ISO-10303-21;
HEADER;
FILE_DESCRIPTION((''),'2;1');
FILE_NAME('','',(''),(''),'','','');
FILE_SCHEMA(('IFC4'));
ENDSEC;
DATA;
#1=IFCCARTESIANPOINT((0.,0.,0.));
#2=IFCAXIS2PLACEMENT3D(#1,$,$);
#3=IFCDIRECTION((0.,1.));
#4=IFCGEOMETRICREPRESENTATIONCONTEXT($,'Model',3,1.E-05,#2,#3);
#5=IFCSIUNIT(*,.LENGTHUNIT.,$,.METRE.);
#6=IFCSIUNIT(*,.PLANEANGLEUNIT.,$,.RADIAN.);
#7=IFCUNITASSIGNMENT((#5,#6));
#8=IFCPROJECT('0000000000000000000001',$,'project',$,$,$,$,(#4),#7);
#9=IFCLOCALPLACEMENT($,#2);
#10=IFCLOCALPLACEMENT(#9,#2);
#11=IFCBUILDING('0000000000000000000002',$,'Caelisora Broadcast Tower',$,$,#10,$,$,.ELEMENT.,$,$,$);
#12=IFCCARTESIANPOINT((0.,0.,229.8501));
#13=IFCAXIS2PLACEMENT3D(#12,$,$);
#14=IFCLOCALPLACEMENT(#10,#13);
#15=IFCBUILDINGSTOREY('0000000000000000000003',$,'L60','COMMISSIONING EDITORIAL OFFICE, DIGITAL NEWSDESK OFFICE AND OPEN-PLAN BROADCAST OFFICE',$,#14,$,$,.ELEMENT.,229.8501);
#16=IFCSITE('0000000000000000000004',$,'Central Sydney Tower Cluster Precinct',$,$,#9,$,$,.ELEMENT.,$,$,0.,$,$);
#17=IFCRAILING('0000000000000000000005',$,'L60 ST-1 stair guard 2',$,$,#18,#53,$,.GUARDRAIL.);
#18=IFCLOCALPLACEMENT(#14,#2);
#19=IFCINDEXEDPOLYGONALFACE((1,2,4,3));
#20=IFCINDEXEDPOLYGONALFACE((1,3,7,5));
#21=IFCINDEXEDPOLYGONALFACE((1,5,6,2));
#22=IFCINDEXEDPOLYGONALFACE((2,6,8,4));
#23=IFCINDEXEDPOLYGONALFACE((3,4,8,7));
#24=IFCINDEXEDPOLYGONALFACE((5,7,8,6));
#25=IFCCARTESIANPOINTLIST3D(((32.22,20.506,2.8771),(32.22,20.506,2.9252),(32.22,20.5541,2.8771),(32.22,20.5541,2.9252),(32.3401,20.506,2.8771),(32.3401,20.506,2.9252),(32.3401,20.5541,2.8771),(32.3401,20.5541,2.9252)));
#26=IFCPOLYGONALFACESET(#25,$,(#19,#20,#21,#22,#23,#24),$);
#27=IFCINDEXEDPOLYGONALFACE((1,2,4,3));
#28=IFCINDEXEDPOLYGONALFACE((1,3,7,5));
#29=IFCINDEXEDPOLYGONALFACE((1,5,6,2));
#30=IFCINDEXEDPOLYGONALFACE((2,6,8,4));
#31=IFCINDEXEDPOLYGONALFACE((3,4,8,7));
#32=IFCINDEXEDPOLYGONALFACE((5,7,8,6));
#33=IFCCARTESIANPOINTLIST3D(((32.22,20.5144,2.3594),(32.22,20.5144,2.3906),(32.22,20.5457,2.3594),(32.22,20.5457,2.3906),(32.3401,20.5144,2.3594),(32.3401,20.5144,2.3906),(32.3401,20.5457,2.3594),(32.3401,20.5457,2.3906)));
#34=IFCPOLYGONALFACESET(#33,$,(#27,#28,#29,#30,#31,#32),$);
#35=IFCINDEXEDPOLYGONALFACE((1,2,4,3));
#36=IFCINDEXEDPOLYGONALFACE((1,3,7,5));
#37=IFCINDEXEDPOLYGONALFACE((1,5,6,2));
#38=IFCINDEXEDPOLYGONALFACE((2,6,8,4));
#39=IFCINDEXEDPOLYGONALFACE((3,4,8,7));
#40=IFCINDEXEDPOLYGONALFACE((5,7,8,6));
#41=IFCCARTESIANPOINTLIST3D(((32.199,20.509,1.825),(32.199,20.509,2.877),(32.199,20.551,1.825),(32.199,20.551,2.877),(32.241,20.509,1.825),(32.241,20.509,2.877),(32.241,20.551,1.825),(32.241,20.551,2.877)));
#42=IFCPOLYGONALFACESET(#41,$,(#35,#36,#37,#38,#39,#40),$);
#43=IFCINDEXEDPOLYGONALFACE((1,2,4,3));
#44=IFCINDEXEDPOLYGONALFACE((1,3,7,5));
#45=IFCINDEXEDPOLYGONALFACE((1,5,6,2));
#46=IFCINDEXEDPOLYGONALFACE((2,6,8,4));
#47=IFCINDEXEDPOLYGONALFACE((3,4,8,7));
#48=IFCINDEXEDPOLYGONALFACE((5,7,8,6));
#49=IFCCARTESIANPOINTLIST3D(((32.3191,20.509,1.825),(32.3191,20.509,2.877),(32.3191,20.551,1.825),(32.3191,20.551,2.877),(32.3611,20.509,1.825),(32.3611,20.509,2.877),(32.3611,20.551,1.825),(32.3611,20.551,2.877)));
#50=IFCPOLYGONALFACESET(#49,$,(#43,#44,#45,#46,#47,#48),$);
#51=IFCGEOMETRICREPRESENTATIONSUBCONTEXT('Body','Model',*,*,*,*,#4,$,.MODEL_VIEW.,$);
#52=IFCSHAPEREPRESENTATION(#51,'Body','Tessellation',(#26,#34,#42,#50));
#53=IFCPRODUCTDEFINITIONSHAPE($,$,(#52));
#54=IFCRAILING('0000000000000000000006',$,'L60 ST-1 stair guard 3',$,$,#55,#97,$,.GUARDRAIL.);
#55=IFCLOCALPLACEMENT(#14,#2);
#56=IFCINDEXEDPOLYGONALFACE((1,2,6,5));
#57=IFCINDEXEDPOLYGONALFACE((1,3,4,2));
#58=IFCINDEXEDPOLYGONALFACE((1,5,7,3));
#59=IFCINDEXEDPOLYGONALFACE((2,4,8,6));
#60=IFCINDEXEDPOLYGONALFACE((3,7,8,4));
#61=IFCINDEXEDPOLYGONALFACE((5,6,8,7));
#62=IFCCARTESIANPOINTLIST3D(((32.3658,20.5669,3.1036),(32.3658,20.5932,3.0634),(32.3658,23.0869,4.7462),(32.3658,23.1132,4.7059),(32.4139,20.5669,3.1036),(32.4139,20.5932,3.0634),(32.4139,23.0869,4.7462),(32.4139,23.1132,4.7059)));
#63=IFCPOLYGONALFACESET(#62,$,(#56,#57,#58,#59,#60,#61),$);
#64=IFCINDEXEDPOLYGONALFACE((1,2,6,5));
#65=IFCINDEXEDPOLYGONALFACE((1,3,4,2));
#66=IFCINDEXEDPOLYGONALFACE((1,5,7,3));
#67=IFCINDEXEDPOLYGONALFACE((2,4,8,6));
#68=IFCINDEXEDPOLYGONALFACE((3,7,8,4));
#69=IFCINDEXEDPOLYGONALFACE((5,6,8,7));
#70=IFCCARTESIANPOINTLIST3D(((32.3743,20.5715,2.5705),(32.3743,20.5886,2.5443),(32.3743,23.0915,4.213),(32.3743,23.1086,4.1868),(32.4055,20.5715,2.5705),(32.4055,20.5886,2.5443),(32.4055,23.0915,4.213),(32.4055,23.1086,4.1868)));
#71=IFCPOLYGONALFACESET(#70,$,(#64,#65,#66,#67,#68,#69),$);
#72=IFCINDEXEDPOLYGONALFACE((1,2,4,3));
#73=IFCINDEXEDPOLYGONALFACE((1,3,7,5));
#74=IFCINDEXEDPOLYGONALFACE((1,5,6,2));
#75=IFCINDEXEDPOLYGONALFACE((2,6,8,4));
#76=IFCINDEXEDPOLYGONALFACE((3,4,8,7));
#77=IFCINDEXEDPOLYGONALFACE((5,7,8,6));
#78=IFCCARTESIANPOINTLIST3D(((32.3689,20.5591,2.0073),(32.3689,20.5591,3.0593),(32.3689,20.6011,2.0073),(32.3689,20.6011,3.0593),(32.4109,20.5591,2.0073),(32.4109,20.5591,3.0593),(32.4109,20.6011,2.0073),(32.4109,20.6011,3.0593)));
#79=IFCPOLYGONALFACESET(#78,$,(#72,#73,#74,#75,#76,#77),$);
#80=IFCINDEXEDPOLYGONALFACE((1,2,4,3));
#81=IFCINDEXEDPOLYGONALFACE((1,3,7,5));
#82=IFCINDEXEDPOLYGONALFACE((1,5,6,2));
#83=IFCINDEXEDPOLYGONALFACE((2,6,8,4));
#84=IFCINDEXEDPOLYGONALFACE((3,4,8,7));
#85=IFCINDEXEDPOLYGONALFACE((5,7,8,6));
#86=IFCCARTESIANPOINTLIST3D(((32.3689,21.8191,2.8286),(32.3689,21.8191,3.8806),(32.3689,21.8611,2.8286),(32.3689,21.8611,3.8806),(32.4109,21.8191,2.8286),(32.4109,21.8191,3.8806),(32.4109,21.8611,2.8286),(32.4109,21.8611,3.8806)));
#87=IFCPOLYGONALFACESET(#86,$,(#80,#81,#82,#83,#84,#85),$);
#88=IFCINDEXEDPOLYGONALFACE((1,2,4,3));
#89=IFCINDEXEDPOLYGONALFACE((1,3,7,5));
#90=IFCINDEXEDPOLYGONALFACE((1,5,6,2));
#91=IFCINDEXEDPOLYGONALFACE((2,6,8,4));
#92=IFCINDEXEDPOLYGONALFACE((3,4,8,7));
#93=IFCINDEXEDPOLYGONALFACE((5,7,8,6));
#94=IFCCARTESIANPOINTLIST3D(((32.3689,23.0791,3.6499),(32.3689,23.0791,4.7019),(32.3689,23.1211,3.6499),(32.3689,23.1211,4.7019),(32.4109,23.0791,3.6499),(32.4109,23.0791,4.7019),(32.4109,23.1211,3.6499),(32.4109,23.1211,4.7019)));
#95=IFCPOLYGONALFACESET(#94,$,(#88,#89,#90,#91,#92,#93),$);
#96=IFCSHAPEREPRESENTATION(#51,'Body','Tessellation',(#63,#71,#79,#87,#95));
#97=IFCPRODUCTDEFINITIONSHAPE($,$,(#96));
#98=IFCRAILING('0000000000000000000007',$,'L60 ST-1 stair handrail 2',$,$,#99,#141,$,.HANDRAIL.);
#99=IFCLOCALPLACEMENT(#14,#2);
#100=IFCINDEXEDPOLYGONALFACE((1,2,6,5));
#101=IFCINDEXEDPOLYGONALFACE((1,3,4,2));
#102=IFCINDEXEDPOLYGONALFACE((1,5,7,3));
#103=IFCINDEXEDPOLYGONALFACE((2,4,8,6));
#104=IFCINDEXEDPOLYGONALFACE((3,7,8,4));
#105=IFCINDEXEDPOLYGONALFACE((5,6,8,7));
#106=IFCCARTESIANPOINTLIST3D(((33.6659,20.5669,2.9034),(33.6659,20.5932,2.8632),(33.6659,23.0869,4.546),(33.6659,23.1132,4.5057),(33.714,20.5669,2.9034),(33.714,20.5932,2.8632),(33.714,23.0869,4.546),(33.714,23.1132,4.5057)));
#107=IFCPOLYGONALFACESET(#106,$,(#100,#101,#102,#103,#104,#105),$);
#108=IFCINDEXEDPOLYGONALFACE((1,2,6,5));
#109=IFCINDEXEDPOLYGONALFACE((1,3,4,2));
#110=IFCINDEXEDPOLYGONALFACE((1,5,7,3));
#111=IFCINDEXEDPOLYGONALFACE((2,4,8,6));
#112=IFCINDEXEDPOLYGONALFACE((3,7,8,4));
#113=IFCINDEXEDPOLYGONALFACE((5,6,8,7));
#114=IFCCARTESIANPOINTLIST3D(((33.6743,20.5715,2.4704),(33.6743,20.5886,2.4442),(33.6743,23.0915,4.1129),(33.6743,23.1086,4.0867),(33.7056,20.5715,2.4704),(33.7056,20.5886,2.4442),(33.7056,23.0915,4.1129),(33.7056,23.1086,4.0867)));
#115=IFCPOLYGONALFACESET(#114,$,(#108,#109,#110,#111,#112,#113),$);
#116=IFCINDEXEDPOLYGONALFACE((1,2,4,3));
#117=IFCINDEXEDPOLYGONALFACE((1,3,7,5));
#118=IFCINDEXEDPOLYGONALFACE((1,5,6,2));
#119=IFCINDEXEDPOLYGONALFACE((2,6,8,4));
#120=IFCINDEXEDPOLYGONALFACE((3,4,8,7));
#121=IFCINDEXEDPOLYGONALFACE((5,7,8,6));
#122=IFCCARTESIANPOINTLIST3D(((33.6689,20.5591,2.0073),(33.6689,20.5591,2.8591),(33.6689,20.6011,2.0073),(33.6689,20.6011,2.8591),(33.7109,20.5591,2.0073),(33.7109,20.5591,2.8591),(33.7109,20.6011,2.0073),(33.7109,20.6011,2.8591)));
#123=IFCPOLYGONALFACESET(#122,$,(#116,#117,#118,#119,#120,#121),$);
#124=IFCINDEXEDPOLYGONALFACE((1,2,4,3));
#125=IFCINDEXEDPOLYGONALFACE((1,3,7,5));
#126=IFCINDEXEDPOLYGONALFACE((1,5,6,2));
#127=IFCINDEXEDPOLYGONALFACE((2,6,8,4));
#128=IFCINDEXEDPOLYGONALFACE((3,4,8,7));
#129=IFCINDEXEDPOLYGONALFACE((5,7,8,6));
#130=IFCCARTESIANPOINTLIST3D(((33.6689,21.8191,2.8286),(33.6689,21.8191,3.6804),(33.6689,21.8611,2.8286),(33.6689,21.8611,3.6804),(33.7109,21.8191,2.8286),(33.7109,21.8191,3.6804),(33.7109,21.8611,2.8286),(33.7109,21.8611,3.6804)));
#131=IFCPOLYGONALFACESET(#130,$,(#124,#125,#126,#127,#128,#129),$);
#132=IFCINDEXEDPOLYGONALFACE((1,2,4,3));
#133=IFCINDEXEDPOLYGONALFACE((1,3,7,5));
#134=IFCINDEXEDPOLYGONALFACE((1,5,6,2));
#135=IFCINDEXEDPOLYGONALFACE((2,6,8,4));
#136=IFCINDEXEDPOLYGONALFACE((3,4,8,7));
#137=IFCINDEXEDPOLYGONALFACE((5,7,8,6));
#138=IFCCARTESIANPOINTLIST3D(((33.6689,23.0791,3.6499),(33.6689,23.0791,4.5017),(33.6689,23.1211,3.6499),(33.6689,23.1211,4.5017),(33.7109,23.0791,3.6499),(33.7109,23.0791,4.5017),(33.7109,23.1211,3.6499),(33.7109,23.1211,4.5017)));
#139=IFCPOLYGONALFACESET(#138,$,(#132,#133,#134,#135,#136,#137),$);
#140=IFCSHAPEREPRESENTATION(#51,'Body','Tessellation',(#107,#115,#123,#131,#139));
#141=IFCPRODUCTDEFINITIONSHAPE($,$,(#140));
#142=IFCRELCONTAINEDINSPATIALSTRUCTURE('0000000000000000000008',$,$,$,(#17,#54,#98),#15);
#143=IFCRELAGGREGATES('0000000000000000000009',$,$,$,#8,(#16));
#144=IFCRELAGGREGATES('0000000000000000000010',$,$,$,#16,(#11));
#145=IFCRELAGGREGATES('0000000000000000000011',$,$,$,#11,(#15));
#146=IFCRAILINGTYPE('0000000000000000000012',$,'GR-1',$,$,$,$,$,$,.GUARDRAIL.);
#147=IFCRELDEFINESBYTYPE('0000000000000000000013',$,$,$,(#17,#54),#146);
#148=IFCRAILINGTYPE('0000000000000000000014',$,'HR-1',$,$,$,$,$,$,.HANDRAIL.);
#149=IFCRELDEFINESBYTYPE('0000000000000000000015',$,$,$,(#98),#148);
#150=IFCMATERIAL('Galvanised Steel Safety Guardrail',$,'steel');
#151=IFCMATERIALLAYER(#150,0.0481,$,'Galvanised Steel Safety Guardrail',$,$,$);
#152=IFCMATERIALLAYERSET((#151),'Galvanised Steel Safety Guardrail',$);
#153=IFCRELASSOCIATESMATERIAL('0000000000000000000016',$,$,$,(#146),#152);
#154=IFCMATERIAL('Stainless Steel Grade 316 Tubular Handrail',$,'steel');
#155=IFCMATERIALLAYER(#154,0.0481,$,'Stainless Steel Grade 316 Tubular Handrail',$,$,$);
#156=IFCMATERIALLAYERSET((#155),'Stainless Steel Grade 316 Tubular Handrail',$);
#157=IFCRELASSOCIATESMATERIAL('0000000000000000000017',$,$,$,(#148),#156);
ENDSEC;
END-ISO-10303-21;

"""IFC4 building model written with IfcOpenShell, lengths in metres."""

from ifc_helpers import new_model, si_unit, direction, frame, origin, origin_2d, place, context, subcontext, project, spatial, rectangle, extrude, material, layer, layer_set, type_object, element, save


model = new_model("IFC4")

# Units and contexts
model_context = context("Model", 3, precision=1e-05, world=origin(), true_north=direction((0.0, 1.0)))
body_context = subcontext(model_context, "Body", "Model", "MODEL_VIEW")
ifc_project = project(units=[si_unit("LENGTHUNIT", "METRE"), si_unit("PLANEANGLEUNIT", "RADIAN")], contexts=[model_context])

# Site, building, storey
site_placement = place(None, origin())
site = spatial("IfcSite", under=ifc_project, at=site_placement, Name="Central Sydney Tower Cluster Precinct", CompositionType="ELEMENT", RefElevation=0.0)
building_placement = place(site_placement, origin())
building = spatial("IfcBuilding", under=site, at=building_placement, Name="Caelisora Broadcast Tower", CompositionType="ELEMENT")
storey_placement = place(building_placement, frame((0.0, 0.0, 229.8501)))
storey = spatial("IfcBuildingStorey", under=building, at=storey_placement, Name="L60", Description="COMMISSIONING EDITORIAL OFFICE, DIGITAL NEWSDESK OFFICE AND OPEN-PLAN BROADCAST OFFICE", CompositionType="ELEMENT", Elevation=229.8501)

# Railings
ifc_material_1 = material(Name="Galvanised Steel Safety Guardrail", Category="steel")
ifc_layer_1 = layer(ifc_material_1, 0.0481, Name="Galvanised Steel Safety Guardrail")
ifc_layer_set_1 = layer_set([ifc_layer_1], Name="Galvanised Steel Safety Guardrail")
railing_type_1 = type_object("IfcRailingType", Name="GR-1", PredefinedType="GUARDRAIL", material=ifc_layer_set_1)
railing_1_placement = place(storey_placement, frame((32.22, 20.53, 1.825)))
element("IfcRailing", 1, at=railing_1_placement, inside=storey, type_object=railing_type_1, Name="L60 ST-1 stair guard 2", PredefinedType="GUARDRAIL", context=body_context, shape_type="SweptSolid", body=[
    extrude(rectangle(XDim=0.0481, YDim=0.0481, at=origin_2d()), frame((0.0, 0.0, 1.0762), z_axis=(1.0, 0.0, 0.0), x_axis=(0.0, 1.0, 0.0)), (0.0, 0.0, 1.0), 0.1201),
    extrude(rectangle(XDim=0.0312, YDim=0.0312, at=origin_2d()), frame((0.0, 0.0, 0.55), z_axis=(1.0, 0.0, 0.0), x_axis=(0.0, 1.0, 0.0)), (0.0, 0.0, 1.0), 0.1201),
    extrude(rectangle(XDim=0.042, YDim=0.042, at=origin_2d()), origin(), (0.0, 0.0, 1.0), 1.052),
    extrude(rectangle(XDim=0.042, YDim=0.042, at=origin_2d()), frame((0.1201, 0.0, 0.0)), (0.0, 0.0, 1.0), 1.052),
])
railing_2_placement = place(storey_placement, frame((32.3899, 20.5801, 2.0073)))
element("IfcRailing", 2, at=railing_2_placement, inside=storey, type_object=railing_type_1, Name="L60 ST-1 stair guard 3", PredefinedType="GUARDRAIL", context=body_context, shape_type="SweptSolid", body=[
    extrude(rectangle(XDim=0.0481, YDim=0.0481, at=origin_2d()), frame((0.0, 0.0, 1.0762), z_axis=(0.0, 0.837749, 0.546055), x_axis=(-1.0, 0.0, 0.0)), (0.0, 0.0, 1.0), 3.0081),
    extrude(rectangle(XDim=0.0312, YDim=0.0312, at=origin_2d()), frame((0.0, 0.0, 0.55), z_axis=(0.0, 0.837749, 0.546055), x_axis=(-1.0, 0.0, 0.0)), (0.0, 0.0, 1.0), 3.0081),
    extrude(rectangle(XDim=0.042, YDim=0.042, at=origin_2d()), origin(), (0.0, 0.0, 1.0), 1.052),
    extrude(rectangle(XDim=0.042, YDim=0.042, at=origin_2d()), frame((0.0, 1.26, 0.8213)), (0.0, 0.0, 1.0), 1.052),
    extrude(rectangle(XDim=0.042, YDim=0.042, at=origin_2d()), frame((0.0, 2.52, 1.6426)), (0.0, 0.0, 1.0), 1.052),
])
ifc_material_2 = material(Name="Stainless Steel Grade 316 Tubular Handrail", Category="steel")
ifc_layer_2 = layer(ifc_material_2, 0.0481, Name="Stainless Steel Grade 316 Tubular Handrail")
ifc_layer_set_2 = layer_set([ifc_layer_2], Name="Stainless Steel Grade 316 Tubular Handrail")
railing_type_2 = type_object("IfcRailingType", Name="HR-1", PredefinedType="HANDRAIL", material=ifc_layer_set_2)
railing_3_placement = place(storey_placement, frame((33.6899, 20.5801, 2.0073)))
element("IfcRailing", 3, at=railing_3_placement, inside=storey, type_object=railing_type_2, Name="L60 ST-1 stair handrail 2", PredefinedType="HANDRAIL", context=body_context, shape_type="SweptSolid", body=[
    extrude(rectangle(XDim=0.0481, YDim=0.0481, at=origin_2d()), frame((0.0, 0.0, 0.876), z_axis=(0.0, 0.837749, 0.546055), x_axis=(-1.0, 0.0, 0.0)), (0.0, 0.0, 1.0), 3.0081),
    extrude(rectangle(XDim=0.0312, YDim=0.0312, at=origin_2d()), frame((0.0, 0.0, 0.45), z_axis=(0.0, 0.837749, 0.546055), x_axis=(-1.0, 0.0, 0.0)), (0.0, 0.0, 1.0), 3.0081),
    extrude(rectangle(XDim=0.042, YDim=0.042, at=origin_2d()), origin(), (0.0, 0.0, 1.0), 0.8518),
    extrude(rectangle(XDim=0.042, YDim=0.042, at=origin_2d()), frame((0.0, 1.26, 0.8213)), (0.0, 0.0, 1.0), 0.8518),
    extrude(rectangle(XDim=0.042, YDim=0.042, at=origin_2d()), frame((0.0, 2.52, 1.6426)), (0.0, 0.0, 1.0), 0.8518),
])

save(model, "model.ifc")
